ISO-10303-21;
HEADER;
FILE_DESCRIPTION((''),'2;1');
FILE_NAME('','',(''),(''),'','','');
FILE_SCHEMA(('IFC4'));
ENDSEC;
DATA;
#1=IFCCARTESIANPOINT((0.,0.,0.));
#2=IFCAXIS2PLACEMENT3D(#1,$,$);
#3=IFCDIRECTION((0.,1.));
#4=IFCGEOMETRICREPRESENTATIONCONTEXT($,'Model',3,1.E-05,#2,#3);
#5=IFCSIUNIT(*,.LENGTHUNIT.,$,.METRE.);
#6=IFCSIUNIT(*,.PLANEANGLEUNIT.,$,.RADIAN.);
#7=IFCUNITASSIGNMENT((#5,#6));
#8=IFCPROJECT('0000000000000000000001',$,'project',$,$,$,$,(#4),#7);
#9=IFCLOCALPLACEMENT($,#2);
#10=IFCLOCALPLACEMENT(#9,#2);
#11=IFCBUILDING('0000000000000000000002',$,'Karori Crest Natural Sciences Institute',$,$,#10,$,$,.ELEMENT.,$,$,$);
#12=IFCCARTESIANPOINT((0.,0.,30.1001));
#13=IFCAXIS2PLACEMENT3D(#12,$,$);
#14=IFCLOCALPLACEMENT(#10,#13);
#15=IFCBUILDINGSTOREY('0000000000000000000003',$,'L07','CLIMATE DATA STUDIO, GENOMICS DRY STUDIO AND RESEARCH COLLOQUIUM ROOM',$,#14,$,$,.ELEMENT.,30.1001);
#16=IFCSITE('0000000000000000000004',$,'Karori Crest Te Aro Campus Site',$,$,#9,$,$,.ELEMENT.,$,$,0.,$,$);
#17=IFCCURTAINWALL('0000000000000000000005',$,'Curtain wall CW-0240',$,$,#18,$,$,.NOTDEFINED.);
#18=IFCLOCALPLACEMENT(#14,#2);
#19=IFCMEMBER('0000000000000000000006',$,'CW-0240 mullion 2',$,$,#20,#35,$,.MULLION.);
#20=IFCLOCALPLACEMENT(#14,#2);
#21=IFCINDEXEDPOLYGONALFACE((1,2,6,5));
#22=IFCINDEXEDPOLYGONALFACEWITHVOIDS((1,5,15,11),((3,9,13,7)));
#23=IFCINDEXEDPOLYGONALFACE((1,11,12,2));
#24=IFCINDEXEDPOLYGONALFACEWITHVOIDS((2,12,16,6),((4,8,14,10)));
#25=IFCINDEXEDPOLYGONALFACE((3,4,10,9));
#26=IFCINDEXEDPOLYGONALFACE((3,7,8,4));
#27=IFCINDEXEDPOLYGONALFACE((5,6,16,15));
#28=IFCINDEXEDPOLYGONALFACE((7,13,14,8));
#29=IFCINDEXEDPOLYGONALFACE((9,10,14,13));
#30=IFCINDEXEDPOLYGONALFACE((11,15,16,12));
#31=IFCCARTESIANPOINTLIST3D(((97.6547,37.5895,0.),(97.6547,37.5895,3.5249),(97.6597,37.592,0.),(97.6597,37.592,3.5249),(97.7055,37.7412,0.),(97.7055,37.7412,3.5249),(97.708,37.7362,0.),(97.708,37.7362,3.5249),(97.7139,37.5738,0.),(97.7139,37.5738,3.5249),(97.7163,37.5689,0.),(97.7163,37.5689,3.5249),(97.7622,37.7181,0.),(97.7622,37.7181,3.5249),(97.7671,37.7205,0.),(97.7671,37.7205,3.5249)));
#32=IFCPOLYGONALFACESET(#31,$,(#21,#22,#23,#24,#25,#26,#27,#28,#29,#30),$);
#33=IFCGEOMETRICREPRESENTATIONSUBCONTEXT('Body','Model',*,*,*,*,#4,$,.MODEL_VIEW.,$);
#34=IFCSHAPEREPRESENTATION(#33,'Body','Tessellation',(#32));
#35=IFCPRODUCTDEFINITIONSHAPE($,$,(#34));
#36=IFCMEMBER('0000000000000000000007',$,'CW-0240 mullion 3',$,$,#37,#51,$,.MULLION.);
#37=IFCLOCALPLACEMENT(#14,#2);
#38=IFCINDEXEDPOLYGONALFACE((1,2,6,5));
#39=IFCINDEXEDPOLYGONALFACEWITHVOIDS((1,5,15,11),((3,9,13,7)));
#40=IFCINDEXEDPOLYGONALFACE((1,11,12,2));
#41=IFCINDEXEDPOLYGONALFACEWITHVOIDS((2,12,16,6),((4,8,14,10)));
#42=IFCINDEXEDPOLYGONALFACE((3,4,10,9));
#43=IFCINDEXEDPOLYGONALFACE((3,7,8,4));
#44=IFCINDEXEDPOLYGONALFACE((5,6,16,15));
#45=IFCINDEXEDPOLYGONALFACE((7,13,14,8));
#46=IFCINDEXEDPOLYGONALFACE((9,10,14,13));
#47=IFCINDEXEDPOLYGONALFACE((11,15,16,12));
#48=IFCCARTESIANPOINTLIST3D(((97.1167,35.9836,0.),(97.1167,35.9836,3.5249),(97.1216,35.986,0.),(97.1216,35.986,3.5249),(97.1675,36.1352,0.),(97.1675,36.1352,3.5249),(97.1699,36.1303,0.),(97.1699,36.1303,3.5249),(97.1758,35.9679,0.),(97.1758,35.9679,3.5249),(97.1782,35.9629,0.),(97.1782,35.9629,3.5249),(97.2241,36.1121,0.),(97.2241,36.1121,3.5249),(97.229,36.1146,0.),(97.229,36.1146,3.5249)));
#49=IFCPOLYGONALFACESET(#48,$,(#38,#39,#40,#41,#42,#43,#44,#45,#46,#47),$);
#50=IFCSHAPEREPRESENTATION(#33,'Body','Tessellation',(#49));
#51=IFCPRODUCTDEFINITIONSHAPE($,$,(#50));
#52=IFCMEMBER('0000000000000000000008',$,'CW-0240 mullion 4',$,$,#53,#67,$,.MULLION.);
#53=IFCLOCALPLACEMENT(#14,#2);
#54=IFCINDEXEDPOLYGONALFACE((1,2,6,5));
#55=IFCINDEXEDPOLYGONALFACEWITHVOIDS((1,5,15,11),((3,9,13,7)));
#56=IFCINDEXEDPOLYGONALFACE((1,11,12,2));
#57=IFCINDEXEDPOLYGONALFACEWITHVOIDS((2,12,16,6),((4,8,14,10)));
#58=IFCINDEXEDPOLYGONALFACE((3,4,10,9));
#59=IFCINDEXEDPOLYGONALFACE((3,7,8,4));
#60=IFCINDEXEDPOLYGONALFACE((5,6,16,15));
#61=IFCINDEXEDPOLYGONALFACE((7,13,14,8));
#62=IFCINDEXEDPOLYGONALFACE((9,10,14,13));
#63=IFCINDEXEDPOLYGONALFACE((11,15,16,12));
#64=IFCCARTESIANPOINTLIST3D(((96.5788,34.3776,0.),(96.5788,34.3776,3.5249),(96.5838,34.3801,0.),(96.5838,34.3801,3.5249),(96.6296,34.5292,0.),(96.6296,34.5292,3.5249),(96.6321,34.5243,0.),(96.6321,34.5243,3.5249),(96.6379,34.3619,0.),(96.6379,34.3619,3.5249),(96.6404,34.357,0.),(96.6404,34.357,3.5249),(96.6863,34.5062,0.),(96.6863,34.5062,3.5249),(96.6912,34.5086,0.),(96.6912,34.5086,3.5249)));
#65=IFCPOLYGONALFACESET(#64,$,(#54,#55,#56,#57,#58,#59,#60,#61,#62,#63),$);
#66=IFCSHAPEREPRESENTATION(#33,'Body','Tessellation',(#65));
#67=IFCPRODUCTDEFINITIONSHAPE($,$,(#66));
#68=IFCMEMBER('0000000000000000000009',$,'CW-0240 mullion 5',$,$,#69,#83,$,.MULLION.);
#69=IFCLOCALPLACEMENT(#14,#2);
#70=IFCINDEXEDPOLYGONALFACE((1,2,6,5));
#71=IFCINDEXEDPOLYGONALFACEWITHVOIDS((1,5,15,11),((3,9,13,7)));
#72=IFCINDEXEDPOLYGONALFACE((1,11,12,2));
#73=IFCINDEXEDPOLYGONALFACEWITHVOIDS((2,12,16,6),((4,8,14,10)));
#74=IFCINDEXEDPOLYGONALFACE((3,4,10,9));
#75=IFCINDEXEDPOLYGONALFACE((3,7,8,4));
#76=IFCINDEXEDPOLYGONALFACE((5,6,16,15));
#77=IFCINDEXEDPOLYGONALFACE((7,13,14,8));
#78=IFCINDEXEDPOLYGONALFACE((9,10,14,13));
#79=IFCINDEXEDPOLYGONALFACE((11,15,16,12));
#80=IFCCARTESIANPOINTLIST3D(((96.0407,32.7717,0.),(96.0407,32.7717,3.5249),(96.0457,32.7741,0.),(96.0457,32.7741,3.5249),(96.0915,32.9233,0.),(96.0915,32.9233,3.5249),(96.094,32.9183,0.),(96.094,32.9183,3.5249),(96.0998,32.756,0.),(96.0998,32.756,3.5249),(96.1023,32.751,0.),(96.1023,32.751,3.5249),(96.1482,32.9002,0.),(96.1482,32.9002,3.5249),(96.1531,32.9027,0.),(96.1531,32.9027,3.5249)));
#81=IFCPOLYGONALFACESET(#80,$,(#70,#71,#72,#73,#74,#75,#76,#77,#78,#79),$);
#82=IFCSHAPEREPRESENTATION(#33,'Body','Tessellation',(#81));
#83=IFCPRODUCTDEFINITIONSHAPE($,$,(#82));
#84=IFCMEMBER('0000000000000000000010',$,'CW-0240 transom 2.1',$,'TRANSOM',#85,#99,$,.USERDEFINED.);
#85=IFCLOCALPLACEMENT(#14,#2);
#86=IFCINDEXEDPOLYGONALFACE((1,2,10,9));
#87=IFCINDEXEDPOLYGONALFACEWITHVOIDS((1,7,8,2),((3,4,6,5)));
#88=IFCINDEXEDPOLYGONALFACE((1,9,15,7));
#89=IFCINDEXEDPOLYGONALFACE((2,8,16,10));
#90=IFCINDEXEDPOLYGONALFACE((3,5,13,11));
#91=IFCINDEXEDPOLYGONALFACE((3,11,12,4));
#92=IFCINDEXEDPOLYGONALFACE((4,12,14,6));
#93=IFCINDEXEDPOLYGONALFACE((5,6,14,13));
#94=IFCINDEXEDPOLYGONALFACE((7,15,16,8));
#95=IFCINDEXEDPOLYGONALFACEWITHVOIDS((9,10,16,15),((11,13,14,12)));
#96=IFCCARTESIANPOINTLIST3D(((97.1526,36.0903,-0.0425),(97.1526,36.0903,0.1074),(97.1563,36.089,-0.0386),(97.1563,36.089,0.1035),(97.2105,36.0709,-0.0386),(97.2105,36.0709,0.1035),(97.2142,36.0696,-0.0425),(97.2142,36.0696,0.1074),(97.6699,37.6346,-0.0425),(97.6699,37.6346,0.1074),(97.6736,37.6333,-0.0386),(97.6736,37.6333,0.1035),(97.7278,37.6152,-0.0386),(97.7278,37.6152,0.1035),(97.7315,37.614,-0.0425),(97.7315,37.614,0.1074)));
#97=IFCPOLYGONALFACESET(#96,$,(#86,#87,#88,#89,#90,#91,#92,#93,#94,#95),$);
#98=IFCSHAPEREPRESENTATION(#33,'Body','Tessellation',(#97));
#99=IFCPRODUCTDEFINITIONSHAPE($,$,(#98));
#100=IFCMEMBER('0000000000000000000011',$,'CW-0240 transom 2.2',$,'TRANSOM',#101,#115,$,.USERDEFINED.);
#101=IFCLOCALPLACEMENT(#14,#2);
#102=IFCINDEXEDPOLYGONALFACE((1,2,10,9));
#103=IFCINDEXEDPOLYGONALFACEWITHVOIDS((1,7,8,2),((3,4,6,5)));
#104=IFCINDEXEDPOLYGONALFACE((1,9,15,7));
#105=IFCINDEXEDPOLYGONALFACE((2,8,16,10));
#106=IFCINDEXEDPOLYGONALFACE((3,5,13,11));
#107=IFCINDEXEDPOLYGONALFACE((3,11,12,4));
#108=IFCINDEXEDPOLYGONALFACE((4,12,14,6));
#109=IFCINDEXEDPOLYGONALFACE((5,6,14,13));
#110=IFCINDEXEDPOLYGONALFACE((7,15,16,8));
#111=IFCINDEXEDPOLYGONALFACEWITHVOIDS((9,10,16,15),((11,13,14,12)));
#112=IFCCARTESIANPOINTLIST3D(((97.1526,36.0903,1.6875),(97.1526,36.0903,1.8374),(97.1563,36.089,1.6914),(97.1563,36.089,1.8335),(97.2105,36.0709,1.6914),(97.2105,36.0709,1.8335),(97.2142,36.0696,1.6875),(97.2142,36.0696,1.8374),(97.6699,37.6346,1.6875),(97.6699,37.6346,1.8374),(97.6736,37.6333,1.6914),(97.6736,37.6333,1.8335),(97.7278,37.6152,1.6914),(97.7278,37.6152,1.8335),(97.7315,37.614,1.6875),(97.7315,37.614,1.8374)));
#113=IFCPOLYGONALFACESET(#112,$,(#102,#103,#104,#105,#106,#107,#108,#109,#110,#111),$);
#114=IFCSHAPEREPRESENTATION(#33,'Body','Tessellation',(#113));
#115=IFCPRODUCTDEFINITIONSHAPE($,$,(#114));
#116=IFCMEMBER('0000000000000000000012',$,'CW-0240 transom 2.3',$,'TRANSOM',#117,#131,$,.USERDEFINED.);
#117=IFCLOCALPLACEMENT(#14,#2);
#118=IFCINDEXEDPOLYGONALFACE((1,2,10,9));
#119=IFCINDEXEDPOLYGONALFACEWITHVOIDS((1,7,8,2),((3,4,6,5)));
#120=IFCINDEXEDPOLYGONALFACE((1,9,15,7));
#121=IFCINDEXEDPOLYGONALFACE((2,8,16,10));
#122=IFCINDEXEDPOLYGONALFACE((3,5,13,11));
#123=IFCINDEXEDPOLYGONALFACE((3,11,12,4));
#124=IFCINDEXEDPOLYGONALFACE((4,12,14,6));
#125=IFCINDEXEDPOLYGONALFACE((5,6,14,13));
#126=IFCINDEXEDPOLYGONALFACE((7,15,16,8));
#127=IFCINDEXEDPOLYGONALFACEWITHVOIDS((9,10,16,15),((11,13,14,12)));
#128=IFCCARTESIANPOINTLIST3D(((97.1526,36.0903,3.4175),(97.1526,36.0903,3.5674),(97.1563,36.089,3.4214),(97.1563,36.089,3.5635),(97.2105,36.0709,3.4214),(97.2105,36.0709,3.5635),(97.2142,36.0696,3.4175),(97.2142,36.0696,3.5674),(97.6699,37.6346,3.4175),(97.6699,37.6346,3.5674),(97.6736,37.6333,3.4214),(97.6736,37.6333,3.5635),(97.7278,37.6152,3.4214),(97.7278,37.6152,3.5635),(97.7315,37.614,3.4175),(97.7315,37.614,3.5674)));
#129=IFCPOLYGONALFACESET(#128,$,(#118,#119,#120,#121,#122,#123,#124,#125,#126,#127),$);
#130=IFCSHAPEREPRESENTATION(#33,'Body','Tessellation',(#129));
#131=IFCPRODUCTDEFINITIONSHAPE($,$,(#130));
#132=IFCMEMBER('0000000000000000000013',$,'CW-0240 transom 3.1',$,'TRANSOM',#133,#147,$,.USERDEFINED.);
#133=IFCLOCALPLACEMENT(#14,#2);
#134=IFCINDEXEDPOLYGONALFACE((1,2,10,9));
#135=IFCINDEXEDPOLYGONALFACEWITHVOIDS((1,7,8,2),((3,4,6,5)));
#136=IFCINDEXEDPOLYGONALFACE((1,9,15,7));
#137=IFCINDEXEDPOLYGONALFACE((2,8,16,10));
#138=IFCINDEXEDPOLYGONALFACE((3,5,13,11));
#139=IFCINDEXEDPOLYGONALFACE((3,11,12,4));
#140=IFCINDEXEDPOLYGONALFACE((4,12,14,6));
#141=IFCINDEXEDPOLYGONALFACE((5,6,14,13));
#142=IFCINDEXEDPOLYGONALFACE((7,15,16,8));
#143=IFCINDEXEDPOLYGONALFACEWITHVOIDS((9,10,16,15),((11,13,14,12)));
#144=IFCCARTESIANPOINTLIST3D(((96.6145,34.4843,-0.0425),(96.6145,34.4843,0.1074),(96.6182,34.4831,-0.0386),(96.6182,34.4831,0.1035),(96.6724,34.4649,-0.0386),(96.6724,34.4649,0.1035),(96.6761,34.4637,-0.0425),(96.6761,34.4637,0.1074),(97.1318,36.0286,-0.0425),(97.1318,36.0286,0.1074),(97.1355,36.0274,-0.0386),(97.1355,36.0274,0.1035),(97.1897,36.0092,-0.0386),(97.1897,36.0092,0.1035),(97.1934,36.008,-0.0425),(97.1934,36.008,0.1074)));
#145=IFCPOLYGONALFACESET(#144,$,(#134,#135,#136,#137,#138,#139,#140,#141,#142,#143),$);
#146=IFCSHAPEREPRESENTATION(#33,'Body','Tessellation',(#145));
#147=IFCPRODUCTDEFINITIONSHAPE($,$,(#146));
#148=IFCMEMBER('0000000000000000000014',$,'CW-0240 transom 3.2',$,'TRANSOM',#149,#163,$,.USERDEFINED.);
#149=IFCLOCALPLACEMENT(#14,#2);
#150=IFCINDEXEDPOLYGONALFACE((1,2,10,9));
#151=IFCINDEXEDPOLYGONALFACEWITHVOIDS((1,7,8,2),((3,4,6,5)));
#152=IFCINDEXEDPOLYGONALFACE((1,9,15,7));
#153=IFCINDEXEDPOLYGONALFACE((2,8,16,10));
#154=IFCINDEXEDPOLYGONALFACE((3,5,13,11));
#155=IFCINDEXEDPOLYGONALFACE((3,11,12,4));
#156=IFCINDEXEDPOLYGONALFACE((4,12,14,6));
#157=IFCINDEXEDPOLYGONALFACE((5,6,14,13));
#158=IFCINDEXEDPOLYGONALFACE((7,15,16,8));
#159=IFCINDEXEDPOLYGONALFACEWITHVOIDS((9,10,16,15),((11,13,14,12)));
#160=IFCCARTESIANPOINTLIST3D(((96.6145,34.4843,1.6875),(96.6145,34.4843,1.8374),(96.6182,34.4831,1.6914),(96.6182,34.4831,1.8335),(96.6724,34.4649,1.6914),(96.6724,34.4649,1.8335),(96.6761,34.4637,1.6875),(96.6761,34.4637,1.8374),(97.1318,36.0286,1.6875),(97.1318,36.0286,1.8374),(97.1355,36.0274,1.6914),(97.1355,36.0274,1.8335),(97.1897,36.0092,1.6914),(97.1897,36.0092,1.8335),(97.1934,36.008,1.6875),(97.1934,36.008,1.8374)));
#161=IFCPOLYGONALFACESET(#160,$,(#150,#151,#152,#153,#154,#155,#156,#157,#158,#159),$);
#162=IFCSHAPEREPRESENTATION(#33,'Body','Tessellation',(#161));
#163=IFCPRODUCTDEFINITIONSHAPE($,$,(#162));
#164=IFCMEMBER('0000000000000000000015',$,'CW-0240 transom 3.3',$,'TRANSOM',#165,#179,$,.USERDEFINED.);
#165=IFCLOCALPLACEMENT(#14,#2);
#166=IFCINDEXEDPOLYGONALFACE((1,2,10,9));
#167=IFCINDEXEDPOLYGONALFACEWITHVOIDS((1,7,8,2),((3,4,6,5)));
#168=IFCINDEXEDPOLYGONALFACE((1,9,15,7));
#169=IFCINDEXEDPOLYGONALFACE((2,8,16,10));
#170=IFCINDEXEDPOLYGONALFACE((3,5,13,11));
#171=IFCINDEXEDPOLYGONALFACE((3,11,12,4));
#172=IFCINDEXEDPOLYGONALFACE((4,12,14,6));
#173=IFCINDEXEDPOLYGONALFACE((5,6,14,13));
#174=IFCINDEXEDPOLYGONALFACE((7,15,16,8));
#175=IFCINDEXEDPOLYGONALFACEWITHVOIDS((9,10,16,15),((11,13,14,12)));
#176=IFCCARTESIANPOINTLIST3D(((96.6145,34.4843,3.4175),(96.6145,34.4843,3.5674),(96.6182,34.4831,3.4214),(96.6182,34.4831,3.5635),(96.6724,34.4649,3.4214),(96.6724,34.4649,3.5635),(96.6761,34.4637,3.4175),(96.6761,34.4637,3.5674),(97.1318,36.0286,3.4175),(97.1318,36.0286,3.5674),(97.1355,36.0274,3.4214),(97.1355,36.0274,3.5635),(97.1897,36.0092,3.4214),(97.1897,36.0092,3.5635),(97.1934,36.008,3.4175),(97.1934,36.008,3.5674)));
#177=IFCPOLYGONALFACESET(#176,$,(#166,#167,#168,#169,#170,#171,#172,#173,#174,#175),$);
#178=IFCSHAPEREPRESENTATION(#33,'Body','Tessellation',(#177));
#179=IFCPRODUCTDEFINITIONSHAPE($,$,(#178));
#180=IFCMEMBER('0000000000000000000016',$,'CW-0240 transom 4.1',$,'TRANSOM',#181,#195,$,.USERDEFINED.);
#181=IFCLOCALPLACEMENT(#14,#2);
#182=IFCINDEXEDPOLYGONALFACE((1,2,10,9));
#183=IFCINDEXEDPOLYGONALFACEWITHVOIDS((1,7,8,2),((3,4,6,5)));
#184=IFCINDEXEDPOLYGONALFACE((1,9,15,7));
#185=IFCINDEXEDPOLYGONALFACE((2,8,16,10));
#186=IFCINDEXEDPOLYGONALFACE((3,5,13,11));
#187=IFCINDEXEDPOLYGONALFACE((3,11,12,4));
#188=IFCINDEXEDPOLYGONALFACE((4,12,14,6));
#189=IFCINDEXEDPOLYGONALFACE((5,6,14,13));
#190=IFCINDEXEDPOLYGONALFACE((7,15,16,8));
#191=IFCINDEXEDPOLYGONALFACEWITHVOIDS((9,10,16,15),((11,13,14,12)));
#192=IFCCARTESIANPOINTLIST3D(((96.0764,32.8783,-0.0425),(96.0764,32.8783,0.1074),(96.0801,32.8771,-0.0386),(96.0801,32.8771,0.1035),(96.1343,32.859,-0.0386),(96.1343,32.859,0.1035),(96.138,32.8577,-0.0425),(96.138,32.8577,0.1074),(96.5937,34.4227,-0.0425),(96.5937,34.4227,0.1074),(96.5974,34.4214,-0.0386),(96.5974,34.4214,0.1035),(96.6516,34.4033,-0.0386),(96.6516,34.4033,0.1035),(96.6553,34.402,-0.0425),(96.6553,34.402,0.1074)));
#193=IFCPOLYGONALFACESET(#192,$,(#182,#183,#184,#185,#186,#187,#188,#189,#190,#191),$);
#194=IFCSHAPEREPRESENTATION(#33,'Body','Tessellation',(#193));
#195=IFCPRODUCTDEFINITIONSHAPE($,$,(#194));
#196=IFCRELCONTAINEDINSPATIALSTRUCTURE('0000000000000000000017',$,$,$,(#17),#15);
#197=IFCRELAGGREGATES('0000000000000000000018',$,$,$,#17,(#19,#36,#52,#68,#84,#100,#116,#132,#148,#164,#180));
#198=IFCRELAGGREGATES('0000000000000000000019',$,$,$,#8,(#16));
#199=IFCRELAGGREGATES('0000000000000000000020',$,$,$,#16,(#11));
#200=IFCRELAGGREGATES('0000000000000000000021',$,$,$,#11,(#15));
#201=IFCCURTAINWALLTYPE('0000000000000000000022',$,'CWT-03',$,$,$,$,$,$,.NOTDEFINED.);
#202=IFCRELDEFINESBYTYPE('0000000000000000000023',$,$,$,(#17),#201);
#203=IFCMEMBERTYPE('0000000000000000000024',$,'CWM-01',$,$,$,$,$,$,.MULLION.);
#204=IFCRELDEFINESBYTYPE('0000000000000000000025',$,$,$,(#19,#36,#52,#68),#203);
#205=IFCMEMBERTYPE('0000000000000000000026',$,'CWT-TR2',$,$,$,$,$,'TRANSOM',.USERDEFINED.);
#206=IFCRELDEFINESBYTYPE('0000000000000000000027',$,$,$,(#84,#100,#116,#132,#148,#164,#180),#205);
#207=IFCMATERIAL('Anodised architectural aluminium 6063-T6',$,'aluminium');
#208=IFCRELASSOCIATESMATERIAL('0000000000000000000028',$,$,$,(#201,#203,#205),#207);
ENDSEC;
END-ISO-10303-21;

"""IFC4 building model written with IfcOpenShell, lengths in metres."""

from ifc_helpers import new_model, si_unit, direction, frame, origin, origin_2d, place, context, subcontext, project, spatial, hollow_rectangle, extrude, material, material_profile, profile_set, type_object, element, aggregate, save


model = new_model("IFC4")

# Units and contexts
model_context = context("Model", 3, precision=1e-05, world=origin(), true_north=direction((0.0, 1.0)))
body_context = subcontext(model_context, "Body", "Model", "MODEL_VIEW")
ifc_project = project(units=[si_unit("LENGTHUNIT", "METRE"), si_unit("PLANEANGLEUNIT", "RADIAN")], contexts=[model_context])

# Site, building, storey
site_placement = place(None, origin())
site = spatial("IfcSite", under=ifc_project, at=site_placement, Name="Karori Crest Te Aro Campus Site", CompositionType="ELEMENT", RefElevation=0.0)
building_placement = place(site_placement, origin())
building = spatial("IfcBuilding", under=site, at=building_placement, Name="Karori Crest Natural Sciences Institute", CompositionType="ELEMENT")
storey_placement = place(building_placement, frame((0.0, 0.0, 30.1001)))
storey = spatial("IfcBuildingStorey", under=building, at=storey_placement, Name="L07", Description="CLIMATE DATA STUDIO, GENOMICS DRY STUDIO AND RESEARCH COLLOQUIUM ROOM", CompositionType="ELEMENT", Elevation=30.1001)

# Curtain wall, members
ifc_material_1 = material(Name="Anodised architectural aluminium 6063-T6", Category="aluminium")
curtain_wall_type = type_object("IfcCurtainWallType", Name="CWT-03", PredefinedType="NOTDEFINED", material=ifc_material_1)
curtain_wall_placement = place(storey_placement, origin())
curtain_wall = element("IfcCurtainWall", 1, at=curtain_wall_placement, inside=storey, type_object=curtain_wall_type, Name="Curtain wall CW-0240", PredefinedType="NOTDEFINED")
ifc_material_profile_1 = material_profile(ifc_material_1, hollow_rectangle(XDim=0.0649, YDim=0.1599, WallThickness=0.0039, at=origin_2d()), Name="CWM160x65x4")
ifc_profile_set_1 = profile_set([ifc_material_profile_1], Name="Anodised architectural aluminium 6063-T6")
member_type_1 = type_object("IfcMemberType", Name="CWM-01", PredefinedType="MULLION", material=ifc_profile_set_1)
member_1_placement = place(storey_placement, frame((97.7109, 37.655, 0.0), z_axis=(0.0, 0.0, 1.0), x_axis=(0.948198, -0.31768, 0.0)))
member_1 = element("IfcMember", 2, at=member_1_placement, type_object=member_type_1, Name="CW-0240 mullion 2", PredefinedType="MULLION", context=body_context, shape_type="SweptSolid", body=[
    extrude(hollow_rectangle(XDim=0.0649, YDim=0.1599, WallThickness=0.0039, at=origin_2d()), origin(), (0.0, 0.0, 1.0), 3.5249),
])
member_2_placement = place(storey_placement, frame((97.1729, 36.0491, 0.0), z_axis=(0.0, 0.0, 1.0), x_axis=(0.948198, -0.31768, 0.0)))
member_2 = element("IfcMember", 3, at=member_2_placement, type_object=member_type_1, Name="CW-0240 mullion 3", PredefinedType="MULLION", context=body_context, shape_type="SweptSolid", body=[
    extrude(hollow_rectangle(XDim=0.0649, YDim=0.1599, WallThickness=0.0039, at=origin_2d()), origin(), (0.0, 0.0, 1.0), 3.5249),
])
member_3_placement = place(storey_placement, frame((96.635, 34.4431, 0.0), z_axis=(0.0, 0.0, 1.0), x_axis=(0.948198, -0.31768, 0.0)))
member_3 = element("IfcMember", 4, at=member_3_placement, type_object=member_type_1, Name="CW-0240 mullion 4", PredefinedType="MULLION", context=body_context, shape_type="SweptSolid", body=[
    extrude(hollow_rectangle(XDim=0.0649, YDim=0.1599, WallThickness=0.0039, at=origin_2d()), origin(), (0.0, 0.0, 1.0), 3.5249),
])
member_4_placement = place(storey_placement, frame((96.0969, 32.8372, 0.0), z_axis=(0.0, 0.0, 1.0), x_axis=(0.948198, -0.31768, 0.0)))
member_4 = element("IfcMember", 5, at=member_4_placement, type_object=member_type_1, Name="CW-0240 mullion 5", PredefinedType="MULLION", context=body_context, shape_type="SweptSolid", body=[
    extrude(hollow_rectangle(XDim=0.0649, YDim=0.1599, WallThickness=0.0039, at=origin_2d()), origin(), (0.0, 0.0, 1.0), 3.5249),
])
ifc_material_profile_2 = material_profile(ifc_material_1, hollow_rectangle(XDim=0.0649, YDim=0.1499, WallThickness=0.0039, at=origin_2d()), Name="CWT150x65x4")
ifc_profile_set_2 = profile_set([ifc_material_profile_2], Name="Anodised architectural aluminium 6063-T6")
member_type_2 = type_object("IfcMemberType", Name="CWT-TR2", ElementType="TRANSOM", PredefinedType="USERDEFINED", material=ifc_profile_set_2)
member_5_placement = place(storey_placement, frame((97.7007, 37.6243, 0.0325), z_axis=(-0.317621, -0.948218, 0.0), x_axis=(0.948218, -0.317621, 0.0)))
member_5 = element("IfcMember", 6, at=member_5_placement, type_object=member_type_2, Name="CW-0240 transom 2.1", ObjectType="TRANSOM", PredefinedType="USERDEFINED", context=body_context, shape_type="SweptSolid", body=[
    extrude(hollow_rectangle(XDim=0.0649, YDim=0.1499, WallThickness=0.0039, at=origin_2d()), origin(), (0.0, 0.0, 1.0), 1.6287),
])
member_6_placement = place(storey_placement, frame((97.7007, 37.6243, 1.7625), z_axis=(-0.317621, -0.948218, 0.0), x_axis=(0.948218, -0.317621, 0.0)))
member_6 = element("IfcMember", 7, at=member_6_placement, type_object=member_type_2, Name="CW-0240 transom 2.2", ObjectType="TRANSOM", PredefinedType="USERDEFINED", context=body_context, shape_type="SweptSolid", body=[
    extrude(hollow_rectangle(XDim=0.0649, YDim=0.1499, WallThickness=0.0039, at=origin_2d()), origin(), (0.0, 0.0, 1.0), 1.6287),
])
member_7_placement = place(storey_placement, frame((97.7007, 37.6243, 3.4924), z_axis=(-0.317621, -0.948218, 0.0), x_axis=(0.948218, -0.317621, 0.0)))
member_7 = element("IfcMember", 8, at=member_7_placement, type_object=member_type_2, Name="CW-0240 transom 2.3", ObjectType="TRANSOM", PredefinedType="USERDEFINED", context=body_context, shape_type="SweptSolid", body=[
    extrude(hollow_rectangle(XDim=0.0649, YDim=0.1499, WallThickness=0.0039, at=origin_2d()), origin(), (0.0, 0.0, 1.0), 1.6287),
])
member_8_placement = place(storey_placement, frame((97.1626, 36.0183, 0.0325), z_axis=(-0.317621, -0.948218, 0.0), x_axis=(0.948218, -0.317621, 0.0)))
member_8 = element("IfcMember", 9, at=member_8_placement, type_object=member_type_2, Name="CW-0240 transom 3.1", ObjectType="TRANSOM", PredefinedType="USERDEFINED", context=body_context, shape_type="SweptSolid", body=[
    extrude(hollow_rectangle(XDim=0.0649, YDim=0.1499, WallThickness=0.0039, at=origin_2d()), origin(), (0.0, 0.0, 1.0), 1.6287),
])
member_9_placement = place(storey_placement, frame((97.1626, 36.0183, 1.7625), z_axis=(-0.317621, -0.948218, 0.0), x_axis=(0.948218, -0.317621, 0.0)))
member_9 = element("IfcMember", 10, at=member_9_placement, type_object=member_type_2, Name="CW-0240 transom 3.2", ObjectType="TRANSOM", PredefinedType="USERDEFINED", context=body_context, shape_type="SweptSolid", body=[
    extrude(hollow_rectangle(XDim=0.0649, YDim=0.1499, WallThickness=0.0039, at=origin_2d()), origin(), (0.0, 0.0, 1.0), 1.6287),
])
member_10_placement = place(storey_placement, frame((97.1626, 36.0183, 3.4924), z_axis=(-0.317621, -0.948218, 0.0), x_axis=(0.948218, -0.317621, 0.0)))
member_10 = element("IfcMember", 11, at=member_10_placement, type_object=member_type_2, Name="CW-0240 transom 3.3", ObjectType="TRANSOM", PredefinedType="USERDEFINED", context=body_context, shape_type="SweptSolid", body=[
    extrude(hollow_rectangle(XDim=0.0649, YDim=0.1499, WallThickness=0.0039, at=origin_2d()), origin(), (0.0, 0.0, 1.0), 1.6287),
])
member_11_placement = place(storey_placement, frame((96.6245, 34.4124, 0.0325), z_axis=(-0.317621, -0.948218, 0.0), x_axis=(0.948218, -0.317621, 0.0)))
member_11 = element("IfcMember", 12, at=member_11_placement, type_object=member_type_2, Name="CW-0240 transom 4.1", ObjectType="TRANSOM", PredefinedType="USERDEFINED", context=body_context, shape_type="SweptSolid", body=[
    extrude(hollow_rectangle(XDim=0.0649, YDim=0.1499, WallThickness=0.0039, at=origin_2d()), origin(), (0.0, 0.0, 1.0), 1.6287),
])
aggregate(curtain_wall, [member_1, member_2, member_3, member_4, member_5, member_6, member_7, member_8, member_9, member_10, member_11])

save(model, "model.ifc")
